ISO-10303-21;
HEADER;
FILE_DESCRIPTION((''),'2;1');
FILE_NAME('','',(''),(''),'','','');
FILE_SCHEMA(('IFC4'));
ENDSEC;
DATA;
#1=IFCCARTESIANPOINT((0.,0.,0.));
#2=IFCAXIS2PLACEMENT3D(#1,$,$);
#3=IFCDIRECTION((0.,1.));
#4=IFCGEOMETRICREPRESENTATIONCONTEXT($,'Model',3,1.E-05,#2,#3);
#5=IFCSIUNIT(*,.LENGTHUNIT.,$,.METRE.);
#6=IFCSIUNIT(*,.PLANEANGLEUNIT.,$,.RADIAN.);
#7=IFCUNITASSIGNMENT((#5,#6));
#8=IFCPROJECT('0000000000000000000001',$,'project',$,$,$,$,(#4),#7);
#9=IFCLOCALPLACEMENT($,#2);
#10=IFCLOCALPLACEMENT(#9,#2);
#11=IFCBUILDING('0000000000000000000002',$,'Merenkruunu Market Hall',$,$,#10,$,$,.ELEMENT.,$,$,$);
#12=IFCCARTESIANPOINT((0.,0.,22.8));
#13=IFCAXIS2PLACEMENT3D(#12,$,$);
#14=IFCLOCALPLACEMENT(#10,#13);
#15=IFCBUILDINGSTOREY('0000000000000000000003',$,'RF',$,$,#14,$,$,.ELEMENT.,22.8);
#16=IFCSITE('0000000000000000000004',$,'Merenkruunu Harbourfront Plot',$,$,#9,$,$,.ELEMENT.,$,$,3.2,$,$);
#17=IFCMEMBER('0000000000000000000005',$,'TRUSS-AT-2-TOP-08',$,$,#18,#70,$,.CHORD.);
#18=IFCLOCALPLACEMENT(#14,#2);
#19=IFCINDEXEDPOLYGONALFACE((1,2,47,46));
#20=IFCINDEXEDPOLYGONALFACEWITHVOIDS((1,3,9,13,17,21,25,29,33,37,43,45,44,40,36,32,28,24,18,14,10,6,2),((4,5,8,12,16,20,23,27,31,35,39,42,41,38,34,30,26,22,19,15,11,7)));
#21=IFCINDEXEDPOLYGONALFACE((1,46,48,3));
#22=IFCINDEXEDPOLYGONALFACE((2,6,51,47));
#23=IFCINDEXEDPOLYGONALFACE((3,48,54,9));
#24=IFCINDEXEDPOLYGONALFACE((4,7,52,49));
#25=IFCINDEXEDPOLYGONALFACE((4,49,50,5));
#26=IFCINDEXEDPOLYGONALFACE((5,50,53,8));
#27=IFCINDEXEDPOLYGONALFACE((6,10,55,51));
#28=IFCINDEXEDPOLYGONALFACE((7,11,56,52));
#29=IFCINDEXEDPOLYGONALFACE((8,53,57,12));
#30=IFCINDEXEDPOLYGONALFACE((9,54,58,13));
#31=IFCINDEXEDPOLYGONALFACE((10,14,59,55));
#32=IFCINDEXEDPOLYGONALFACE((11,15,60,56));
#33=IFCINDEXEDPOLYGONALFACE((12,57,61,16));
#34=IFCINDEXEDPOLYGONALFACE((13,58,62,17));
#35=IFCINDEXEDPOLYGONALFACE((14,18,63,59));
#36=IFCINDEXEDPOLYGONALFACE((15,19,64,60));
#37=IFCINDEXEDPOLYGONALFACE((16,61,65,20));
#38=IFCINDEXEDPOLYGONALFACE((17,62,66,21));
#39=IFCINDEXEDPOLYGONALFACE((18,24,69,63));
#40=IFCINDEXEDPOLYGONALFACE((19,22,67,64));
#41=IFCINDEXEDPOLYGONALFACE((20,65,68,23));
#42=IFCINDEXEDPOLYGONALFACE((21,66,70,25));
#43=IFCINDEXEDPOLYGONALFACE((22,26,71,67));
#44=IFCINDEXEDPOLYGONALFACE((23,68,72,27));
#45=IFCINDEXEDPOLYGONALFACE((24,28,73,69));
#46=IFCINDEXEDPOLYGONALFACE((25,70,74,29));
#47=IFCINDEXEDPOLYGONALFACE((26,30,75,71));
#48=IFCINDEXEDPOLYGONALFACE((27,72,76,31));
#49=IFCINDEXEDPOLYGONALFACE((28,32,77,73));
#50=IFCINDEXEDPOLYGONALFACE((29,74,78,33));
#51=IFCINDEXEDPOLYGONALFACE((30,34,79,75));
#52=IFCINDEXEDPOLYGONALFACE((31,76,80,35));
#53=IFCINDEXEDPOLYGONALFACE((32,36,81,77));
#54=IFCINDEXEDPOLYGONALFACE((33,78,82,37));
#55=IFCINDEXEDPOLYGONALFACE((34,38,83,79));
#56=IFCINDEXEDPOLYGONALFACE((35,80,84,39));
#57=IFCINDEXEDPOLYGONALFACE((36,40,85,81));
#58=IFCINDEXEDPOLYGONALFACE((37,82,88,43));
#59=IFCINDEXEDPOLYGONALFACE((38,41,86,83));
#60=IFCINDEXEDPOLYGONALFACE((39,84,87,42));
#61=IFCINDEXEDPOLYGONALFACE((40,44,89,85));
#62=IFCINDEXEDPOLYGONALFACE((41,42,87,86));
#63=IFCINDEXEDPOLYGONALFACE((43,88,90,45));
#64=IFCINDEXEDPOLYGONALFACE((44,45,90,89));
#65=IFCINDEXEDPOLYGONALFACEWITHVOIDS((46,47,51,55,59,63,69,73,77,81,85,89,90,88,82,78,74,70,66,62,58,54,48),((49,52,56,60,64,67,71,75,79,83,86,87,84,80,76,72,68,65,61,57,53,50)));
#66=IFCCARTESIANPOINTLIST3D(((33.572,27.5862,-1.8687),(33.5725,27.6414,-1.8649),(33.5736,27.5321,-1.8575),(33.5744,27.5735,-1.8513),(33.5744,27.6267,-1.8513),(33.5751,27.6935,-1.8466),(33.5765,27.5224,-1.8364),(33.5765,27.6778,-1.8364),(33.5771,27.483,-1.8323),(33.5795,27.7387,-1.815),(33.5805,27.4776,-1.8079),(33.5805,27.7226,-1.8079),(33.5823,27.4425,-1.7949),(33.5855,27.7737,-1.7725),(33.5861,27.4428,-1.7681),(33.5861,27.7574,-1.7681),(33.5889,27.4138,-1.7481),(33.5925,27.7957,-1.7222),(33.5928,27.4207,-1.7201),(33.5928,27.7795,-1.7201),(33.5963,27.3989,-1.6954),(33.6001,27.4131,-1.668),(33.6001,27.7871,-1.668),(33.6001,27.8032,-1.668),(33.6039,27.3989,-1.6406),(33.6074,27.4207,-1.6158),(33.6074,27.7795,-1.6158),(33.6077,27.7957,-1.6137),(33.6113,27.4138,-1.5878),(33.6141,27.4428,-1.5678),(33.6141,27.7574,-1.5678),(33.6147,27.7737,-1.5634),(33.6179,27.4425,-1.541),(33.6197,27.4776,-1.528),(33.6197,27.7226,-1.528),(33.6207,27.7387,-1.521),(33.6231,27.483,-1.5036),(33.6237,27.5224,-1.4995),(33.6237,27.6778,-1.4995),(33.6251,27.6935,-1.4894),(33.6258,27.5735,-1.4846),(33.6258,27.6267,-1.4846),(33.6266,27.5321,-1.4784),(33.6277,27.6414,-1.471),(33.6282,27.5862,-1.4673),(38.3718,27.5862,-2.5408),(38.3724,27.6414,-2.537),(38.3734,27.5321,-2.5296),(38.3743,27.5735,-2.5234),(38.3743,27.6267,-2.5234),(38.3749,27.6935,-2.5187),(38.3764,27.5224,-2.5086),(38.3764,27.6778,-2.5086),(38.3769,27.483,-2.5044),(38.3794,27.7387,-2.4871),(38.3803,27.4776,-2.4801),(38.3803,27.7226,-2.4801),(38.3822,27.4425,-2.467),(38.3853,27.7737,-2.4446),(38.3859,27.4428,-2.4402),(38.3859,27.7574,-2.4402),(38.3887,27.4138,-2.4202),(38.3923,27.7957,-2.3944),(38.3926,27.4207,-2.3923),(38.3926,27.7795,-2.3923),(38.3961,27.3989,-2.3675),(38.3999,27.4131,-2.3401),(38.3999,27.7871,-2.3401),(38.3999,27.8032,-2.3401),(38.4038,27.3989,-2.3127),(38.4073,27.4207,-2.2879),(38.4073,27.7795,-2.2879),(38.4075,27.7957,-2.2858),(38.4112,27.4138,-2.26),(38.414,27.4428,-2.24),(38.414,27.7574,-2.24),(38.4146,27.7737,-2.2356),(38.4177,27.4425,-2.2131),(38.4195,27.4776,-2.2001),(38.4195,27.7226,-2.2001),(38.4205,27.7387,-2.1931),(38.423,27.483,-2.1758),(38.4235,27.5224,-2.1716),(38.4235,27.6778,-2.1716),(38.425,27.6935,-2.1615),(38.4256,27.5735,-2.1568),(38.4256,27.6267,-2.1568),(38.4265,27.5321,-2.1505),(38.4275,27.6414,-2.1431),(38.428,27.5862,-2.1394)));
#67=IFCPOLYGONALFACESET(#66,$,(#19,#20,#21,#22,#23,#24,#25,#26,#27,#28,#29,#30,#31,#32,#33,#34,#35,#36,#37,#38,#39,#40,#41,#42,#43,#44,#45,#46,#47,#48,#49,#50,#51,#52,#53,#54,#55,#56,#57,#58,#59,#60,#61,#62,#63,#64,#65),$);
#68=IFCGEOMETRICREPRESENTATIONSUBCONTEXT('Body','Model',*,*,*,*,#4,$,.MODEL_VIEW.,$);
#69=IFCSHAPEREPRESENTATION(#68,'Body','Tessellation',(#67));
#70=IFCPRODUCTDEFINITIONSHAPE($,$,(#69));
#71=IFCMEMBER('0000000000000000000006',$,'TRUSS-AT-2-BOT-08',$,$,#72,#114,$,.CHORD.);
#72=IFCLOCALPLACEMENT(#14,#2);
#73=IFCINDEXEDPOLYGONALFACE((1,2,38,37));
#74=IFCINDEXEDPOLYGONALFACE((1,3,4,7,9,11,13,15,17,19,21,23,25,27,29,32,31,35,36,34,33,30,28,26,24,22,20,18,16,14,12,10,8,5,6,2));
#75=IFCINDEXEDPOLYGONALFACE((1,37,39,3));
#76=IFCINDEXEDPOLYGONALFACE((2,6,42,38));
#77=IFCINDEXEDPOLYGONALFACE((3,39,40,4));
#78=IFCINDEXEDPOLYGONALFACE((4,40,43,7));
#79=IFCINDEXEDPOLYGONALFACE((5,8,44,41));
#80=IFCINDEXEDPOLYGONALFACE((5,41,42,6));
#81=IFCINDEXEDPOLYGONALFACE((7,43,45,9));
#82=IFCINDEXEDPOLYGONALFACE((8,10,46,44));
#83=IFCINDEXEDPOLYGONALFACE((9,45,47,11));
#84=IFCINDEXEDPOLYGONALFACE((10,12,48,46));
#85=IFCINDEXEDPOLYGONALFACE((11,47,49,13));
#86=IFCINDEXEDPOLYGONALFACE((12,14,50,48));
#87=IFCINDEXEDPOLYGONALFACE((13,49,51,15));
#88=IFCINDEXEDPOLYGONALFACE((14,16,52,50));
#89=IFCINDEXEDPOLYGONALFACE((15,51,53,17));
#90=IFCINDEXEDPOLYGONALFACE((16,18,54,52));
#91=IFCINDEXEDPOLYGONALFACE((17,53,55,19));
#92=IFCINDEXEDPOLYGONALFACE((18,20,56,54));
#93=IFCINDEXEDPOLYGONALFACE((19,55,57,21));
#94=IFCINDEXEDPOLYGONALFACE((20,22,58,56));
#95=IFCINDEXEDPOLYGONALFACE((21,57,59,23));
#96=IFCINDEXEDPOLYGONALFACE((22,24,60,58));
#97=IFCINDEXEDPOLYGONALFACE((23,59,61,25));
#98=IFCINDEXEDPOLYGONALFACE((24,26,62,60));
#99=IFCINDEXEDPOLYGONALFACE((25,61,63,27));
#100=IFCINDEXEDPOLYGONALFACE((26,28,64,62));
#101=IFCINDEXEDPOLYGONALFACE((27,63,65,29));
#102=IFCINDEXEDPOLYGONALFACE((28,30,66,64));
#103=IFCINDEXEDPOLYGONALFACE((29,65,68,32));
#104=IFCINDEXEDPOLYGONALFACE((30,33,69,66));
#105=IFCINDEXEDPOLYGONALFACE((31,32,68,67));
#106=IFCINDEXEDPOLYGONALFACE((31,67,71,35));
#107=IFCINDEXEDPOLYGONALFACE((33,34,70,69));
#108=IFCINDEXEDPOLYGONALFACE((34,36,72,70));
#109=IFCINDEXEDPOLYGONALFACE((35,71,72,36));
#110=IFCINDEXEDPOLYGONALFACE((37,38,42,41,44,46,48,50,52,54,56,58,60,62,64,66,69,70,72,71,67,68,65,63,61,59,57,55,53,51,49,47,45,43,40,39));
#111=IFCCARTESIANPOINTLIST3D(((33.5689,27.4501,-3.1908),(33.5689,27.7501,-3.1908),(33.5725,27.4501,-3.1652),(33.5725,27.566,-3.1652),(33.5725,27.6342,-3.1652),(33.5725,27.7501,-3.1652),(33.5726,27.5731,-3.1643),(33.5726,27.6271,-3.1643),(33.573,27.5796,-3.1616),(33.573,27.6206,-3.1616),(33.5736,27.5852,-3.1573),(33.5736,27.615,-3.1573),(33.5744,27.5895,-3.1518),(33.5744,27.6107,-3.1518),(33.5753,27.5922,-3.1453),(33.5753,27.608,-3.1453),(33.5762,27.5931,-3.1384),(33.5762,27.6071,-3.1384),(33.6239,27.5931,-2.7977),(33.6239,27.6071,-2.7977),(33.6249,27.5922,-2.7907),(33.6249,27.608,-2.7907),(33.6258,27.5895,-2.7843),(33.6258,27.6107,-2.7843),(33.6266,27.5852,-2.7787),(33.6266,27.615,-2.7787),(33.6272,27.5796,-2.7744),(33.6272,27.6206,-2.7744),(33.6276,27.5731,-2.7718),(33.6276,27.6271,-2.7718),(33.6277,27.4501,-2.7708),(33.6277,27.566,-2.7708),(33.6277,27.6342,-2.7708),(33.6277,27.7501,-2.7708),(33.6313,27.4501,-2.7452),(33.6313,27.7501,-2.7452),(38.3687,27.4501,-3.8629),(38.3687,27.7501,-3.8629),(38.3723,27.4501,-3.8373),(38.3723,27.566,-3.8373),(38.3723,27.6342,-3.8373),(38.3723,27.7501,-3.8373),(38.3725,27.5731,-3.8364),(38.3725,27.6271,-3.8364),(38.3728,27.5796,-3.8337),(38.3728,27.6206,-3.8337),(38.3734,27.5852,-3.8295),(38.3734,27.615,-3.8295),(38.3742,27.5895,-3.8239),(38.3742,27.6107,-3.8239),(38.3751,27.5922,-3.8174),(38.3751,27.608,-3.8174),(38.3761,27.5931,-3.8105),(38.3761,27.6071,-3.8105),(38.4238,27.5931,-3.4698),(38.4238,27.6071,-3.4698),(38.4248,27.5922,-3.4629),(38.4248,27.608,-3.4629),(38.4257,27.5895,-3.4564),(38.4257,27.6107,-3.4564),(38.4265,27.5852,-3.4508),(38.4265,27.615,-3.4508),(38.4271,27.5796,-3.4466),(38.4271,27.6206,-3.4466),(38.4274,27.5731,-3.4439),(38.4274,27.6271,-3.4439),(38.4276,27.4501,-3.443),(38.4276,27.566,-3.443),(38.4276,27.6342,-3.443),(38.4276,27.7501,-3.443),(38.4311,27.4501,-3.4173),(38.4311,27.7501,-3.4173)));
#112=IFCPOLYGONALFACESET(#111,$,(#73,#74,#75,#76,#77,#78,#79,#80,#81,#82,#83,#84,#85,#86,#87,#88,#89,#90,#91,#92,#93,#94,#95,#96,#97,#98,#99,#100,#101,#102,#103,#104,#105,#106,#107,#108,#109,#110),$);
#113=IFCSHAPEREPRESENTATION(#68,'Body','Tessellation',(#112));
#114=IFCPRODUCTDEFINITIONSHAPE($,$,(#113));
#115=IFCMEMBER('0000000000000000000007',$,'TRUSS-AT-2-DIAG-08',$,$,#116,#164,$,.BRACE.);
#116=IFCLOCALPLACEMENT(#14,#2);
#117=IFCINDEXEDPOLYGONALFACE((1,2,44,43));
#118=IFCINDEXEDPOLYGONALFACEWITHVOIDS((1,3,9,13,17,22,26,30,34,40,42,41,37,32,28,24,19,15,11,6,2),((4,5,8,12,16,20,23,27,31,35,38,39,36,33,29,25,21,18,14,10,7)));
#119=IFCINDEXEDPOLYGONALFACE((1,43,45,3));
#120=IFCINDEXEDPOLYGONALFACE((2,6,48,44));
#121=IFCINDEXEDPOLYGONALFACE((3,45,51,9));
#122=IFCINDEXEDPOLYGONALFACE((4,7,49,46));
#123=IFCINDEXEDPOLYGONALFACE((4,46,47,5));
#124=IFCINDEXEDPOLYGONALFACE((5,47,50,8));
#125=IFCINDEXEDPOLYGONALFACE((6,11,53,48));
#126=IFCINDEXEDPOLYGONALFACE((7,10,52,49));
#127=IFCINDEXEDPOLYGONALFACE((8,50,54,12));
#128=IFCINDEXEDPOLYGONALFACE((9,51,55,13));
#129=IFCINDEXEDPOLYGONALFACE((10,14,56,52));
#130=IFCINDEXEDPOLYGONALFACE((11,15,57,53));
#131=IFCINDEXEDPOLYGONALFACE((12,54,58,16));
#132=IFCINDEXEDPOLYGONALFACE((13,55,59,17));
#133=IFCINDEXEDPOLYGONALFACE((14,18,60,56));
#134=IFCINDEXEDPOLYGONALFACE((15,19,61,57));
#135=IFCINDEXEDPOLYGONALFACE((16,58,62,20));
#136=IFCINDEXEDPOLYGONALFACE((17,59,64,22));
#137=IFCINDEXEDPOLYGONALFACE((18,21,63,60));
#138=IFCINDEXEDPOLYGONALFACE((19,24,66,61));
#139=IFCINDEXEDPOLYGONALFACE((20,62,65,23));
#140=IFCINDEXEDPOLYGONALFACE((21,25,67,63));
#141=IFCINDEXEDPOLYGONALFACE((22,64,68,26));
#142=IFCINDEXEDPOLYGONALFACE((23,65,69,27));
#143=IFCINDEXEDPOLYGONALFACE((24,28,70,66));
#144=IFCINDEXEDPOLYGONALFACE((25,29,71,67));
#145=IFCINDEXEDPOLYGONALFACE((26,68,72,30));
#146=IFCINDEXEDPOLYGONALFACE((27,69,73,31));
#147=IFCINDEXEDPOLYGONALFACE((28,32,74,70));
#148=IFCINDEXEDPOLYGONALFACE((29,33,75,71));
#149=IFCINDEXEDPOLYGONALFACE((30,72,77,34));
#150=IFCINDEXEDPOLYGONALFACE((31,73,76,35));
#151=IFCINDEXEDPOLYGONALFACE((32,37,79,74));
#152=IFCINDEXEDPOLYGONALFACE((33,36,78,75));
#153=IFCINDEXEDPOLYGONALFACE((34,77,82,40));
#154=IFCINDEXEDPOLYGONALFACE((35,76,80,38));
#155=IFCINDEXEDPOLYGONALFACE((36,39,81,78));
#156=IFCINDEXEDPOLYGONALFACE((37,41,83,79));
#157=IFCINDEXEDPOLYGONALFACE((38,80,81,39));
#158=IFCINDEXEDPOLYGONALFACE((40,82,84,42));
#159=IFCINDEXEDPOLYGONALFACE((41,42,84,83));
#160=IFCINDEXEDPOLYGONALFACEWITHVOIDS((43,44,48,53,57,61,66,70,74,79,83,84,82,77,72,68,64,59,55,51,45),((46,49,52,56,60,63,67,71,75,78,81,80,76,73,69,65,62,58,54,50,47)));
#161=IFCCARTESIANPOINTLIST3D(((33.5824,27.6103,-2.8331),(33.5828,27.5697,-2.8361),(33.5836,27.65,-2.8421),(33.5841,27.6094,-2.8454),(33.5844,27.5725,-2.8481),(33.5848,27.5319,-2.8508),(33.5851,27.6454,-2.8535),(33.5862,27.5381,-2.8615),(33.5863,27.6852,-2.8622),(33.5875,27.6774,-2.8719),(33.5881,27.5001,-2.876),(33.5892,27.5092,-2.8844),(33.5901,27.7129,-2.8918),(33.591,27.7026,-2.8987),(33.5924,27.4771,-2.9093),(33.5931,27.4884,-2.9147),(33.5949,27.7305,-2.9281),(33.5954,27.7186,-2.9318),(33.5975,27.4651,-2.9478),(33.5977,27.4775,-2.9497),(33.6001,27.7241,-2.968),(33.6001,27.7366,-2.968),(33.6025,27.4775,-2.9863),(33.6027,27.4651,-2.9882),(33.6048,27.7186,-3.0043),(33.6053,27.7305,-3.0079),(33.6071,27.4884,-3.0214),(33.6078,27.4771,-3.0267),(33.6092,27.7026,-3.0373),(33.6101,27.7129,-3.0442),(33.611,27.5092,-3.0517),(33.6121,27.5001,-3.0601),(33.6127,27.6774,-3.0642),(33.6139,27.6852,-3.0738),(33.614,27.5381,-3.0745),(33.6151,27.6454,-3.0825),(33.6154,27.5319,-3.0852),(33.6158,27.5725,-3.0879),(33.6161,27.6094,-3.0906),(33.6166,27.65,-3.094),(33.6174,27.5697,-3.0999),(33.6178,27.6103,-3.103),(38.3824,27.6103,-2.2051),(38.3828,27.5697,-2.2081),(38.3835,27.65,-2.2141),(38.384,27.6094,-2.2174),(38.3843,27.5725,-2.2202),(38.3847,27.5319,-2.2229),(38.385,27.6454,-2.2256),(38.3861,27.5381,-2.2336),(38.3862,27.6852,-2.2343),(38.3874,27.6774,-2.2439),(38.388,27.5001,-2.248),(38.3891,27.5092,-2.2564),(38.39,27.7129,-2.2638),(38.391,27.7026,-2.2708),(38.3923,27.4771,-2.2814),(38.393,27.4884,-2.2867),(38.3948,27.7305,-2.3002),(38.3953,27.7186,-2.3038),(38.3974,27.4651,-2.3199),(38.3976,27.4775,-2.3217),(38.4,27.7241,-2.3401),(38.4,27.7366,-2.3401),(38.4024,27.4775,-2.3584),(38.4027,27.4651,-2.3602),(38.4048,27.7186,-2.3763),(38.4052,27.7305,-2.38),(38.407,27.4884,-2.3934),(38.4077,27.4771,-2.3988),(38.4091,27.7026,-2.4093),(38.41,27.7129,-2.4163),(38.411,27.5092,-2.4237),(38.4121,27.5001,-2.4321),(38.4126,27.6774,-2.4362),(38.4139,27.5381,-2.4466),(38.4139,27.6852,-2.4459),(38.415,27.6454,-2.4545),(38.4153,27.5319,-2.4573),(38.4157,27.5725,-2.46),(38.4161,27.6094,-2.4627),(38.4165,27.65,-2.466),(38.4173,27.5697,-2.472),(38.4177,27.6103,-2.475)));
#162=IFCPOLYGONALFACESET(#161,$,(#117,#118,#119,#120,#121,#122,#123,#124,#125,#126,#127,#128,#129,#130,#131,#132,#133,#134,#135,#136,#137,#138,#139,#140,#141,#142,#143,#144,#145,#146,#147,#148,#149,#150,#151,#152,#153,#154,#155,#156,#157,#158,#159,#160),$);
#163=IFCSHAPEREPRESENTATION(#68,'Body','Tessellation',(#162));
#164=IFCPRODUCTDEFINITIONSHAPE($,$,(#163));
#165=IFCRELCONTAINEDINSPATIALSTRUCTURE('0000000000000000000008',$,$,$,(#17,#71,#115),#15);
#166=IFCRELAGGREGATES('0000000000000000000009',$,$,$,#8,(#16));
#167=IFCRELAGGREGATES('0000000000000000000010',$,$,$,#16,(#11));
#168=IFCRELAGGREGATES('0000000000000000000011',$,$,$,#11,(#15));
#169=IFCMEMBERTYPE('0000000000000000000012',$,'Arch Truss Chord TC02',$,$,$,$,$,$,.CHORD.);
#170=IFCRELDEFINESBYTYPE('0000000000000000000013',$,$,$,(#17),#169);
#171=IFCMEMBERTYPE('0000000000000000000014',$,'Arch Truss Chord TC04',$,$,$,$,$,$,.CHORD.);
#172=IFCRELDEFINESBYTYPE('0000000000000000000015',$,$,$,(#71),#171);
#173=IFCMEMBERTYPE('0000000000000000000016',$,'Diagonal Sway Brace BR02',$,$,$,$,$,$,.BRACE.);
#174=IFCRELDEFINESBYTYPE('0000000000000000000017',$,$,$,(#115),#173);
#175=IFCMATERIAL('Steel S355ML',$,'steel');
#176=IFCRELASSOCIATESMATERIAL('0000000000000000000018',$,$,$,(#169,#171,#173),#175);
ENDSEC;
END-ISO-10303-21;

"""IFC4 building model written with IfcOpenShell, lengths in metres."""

from ifc_helpers import new_model, si_unit, direction, frame, origin, origin_2d, place, context, subcontext, project, spatial, hollow_circle, i_section, extrude, material, material_profile, profile_set, type_object, element, save


model = new_model("IFC4")

# Units and contexts
model_context = context("Model", 3, precision=1e-05, world=origin(), true_north=direction((0.0, 1.0)))
body_context = subcontext(model_context, "Body", "Model", "MODEL_VIEW")
ifc_project = project(units=[si_unit("LENGTHUNIT", "METRE"), si_unit("PLANEANGLEUNIT", "RADIAN")], contexts=[model_context])

# Site, building, storey
site_placement = place(None, origin())
site = spatial("IfcSite", under=ifc_project, at=site_placement, Name="Merenkruunu Harbourfront Plot", CompositionType="ELEMENT", RefElevation=3.2)
building_placement = place(site_placement, origin())
building = spatial("IfcBuilding", under=site, at=building_placement, Name="Merenkruunu Market Hall", CompositionType="ELEMENT")
storey_placement = place(building_placement, frame((0.0, 0.0, 22.8)))
storey = spatial("IfcBuildingStorey", under=building, at=storey_placement, Name="RF", CompositionType="ELEMENT", Elevation=22.8)

# Members
ifc_material_1 = material(Name="Steel S355ML", Category="steel")
ifc_material_profile_1 = material_profile(ifc_material_1, hollow_circle(Radius=0.2031, WallThickness=0.0161, at=origin_2d()), Name="CHS 406.4x16")
ifc_profile_set_1 = profile_set([ifc_material_profile_1], Name="Steel S355ML")
member_type_1 = type_object("IfcMemberType", Name="Arch Truss Chord TC02", PredefinedType="CHORD", material=ifc_profile_set_1)
member_1_placement = place(storey_placement, frame((33.6001, 27.6001, -1.668), z_axis=(0.990338, 0.0, -0.138677), x_axis=(0.0, 1.0, 0.0)))
element("IfcMember", 1, at=member_1_placement, inside=storey, type_object=member_type_1, Name="TRUSS-AT-2-TOP-08", PredefinedType="CHORD", context=body_context, shape_type="SweptSolid", body=[
    extrude(hollow_circle(Radius=0.2031, WallThickness=0.0161, at=origin_2d()), origin(), (0.0, 0.0, 1.0), 4.8467),
])
ifc_material_profile_2 = material_profile(ifc_material_1, i_section(OverallWidth=0.3, OverallDepth=0.45, WebThickness=0.0139, FlangeThickness=0.0259, FilletRadius=0.0271, at=origin_2d()), Name="HEB 450")
ifc_profile_set_2 = profile_set([ifc_material_profile_2], Name="Steel S355ML")
member_type_2 = type_object("IfcMemberType", Name="Arch Truss Chord TC04", PredefinedType="CHORD", material=ifc_profile_set_2)
member_2_placement = place(storey_placement, frame((33.6001, 27.6001, -2.968), z_axis=(0.990338, 0.0, -0.138677), x_axis=(0.0, 1.0, 0.0)))
element("IfcMember", 2, at=member_2_placement, inside=storey, type_object=member_type_2, Name="TRUSS-AT-2-BOT-08", PredefinedType="CHORD", context=body_context, shape_type="SweptSolid", body=[
    extrude(i_section(OverallWidth=0.3, OverallDepth=0.45, WebThickness=0.0139, FlangeThickness=0.0259, FilletRadius=0.0271, at=origin_2d()), origin(), (0.0, 0.0, 1.0), 4.8467),
])
ifc_material_profile_3 = material_profile(ifc_material_1, hollow_circle(Radius=0.1365, WallThickness=0.0125, at=origin_2d()), Name="CHS 273x12.5")
ifc_profile_set_3 = profile_set([ifc_material_profile_3], Name="Steel S355ML")
member_type_3 = type_object("IfcMemberType", Name="Diagonal Sway Brace BR02", PredefinedType="BRACE", material=ifc_profile_set_3)
member_3_placement = place(storey_placement, frame((33.6001, 27.6001, -2.968), z_axis=(0.991551, 0.0, 0.129719), x_axis=(0.0, 1.0, 0.0)))
element("IfcMember", 3, at=member_3_placement, inside=storey, type_object=member_type_3, Name="TRUSS-AT-2-DIAG-08", PredefinedType="BRACE", context=body_context, shape_type="SweptSolid", body=[
    extrude(hollow_circle(Radius=0.1365, WallThickness=0.0125, at=origin_2d()), origin(), (0.0, 0.0, 1.0), 4.8408),
])

save(model, "model.ifc")
